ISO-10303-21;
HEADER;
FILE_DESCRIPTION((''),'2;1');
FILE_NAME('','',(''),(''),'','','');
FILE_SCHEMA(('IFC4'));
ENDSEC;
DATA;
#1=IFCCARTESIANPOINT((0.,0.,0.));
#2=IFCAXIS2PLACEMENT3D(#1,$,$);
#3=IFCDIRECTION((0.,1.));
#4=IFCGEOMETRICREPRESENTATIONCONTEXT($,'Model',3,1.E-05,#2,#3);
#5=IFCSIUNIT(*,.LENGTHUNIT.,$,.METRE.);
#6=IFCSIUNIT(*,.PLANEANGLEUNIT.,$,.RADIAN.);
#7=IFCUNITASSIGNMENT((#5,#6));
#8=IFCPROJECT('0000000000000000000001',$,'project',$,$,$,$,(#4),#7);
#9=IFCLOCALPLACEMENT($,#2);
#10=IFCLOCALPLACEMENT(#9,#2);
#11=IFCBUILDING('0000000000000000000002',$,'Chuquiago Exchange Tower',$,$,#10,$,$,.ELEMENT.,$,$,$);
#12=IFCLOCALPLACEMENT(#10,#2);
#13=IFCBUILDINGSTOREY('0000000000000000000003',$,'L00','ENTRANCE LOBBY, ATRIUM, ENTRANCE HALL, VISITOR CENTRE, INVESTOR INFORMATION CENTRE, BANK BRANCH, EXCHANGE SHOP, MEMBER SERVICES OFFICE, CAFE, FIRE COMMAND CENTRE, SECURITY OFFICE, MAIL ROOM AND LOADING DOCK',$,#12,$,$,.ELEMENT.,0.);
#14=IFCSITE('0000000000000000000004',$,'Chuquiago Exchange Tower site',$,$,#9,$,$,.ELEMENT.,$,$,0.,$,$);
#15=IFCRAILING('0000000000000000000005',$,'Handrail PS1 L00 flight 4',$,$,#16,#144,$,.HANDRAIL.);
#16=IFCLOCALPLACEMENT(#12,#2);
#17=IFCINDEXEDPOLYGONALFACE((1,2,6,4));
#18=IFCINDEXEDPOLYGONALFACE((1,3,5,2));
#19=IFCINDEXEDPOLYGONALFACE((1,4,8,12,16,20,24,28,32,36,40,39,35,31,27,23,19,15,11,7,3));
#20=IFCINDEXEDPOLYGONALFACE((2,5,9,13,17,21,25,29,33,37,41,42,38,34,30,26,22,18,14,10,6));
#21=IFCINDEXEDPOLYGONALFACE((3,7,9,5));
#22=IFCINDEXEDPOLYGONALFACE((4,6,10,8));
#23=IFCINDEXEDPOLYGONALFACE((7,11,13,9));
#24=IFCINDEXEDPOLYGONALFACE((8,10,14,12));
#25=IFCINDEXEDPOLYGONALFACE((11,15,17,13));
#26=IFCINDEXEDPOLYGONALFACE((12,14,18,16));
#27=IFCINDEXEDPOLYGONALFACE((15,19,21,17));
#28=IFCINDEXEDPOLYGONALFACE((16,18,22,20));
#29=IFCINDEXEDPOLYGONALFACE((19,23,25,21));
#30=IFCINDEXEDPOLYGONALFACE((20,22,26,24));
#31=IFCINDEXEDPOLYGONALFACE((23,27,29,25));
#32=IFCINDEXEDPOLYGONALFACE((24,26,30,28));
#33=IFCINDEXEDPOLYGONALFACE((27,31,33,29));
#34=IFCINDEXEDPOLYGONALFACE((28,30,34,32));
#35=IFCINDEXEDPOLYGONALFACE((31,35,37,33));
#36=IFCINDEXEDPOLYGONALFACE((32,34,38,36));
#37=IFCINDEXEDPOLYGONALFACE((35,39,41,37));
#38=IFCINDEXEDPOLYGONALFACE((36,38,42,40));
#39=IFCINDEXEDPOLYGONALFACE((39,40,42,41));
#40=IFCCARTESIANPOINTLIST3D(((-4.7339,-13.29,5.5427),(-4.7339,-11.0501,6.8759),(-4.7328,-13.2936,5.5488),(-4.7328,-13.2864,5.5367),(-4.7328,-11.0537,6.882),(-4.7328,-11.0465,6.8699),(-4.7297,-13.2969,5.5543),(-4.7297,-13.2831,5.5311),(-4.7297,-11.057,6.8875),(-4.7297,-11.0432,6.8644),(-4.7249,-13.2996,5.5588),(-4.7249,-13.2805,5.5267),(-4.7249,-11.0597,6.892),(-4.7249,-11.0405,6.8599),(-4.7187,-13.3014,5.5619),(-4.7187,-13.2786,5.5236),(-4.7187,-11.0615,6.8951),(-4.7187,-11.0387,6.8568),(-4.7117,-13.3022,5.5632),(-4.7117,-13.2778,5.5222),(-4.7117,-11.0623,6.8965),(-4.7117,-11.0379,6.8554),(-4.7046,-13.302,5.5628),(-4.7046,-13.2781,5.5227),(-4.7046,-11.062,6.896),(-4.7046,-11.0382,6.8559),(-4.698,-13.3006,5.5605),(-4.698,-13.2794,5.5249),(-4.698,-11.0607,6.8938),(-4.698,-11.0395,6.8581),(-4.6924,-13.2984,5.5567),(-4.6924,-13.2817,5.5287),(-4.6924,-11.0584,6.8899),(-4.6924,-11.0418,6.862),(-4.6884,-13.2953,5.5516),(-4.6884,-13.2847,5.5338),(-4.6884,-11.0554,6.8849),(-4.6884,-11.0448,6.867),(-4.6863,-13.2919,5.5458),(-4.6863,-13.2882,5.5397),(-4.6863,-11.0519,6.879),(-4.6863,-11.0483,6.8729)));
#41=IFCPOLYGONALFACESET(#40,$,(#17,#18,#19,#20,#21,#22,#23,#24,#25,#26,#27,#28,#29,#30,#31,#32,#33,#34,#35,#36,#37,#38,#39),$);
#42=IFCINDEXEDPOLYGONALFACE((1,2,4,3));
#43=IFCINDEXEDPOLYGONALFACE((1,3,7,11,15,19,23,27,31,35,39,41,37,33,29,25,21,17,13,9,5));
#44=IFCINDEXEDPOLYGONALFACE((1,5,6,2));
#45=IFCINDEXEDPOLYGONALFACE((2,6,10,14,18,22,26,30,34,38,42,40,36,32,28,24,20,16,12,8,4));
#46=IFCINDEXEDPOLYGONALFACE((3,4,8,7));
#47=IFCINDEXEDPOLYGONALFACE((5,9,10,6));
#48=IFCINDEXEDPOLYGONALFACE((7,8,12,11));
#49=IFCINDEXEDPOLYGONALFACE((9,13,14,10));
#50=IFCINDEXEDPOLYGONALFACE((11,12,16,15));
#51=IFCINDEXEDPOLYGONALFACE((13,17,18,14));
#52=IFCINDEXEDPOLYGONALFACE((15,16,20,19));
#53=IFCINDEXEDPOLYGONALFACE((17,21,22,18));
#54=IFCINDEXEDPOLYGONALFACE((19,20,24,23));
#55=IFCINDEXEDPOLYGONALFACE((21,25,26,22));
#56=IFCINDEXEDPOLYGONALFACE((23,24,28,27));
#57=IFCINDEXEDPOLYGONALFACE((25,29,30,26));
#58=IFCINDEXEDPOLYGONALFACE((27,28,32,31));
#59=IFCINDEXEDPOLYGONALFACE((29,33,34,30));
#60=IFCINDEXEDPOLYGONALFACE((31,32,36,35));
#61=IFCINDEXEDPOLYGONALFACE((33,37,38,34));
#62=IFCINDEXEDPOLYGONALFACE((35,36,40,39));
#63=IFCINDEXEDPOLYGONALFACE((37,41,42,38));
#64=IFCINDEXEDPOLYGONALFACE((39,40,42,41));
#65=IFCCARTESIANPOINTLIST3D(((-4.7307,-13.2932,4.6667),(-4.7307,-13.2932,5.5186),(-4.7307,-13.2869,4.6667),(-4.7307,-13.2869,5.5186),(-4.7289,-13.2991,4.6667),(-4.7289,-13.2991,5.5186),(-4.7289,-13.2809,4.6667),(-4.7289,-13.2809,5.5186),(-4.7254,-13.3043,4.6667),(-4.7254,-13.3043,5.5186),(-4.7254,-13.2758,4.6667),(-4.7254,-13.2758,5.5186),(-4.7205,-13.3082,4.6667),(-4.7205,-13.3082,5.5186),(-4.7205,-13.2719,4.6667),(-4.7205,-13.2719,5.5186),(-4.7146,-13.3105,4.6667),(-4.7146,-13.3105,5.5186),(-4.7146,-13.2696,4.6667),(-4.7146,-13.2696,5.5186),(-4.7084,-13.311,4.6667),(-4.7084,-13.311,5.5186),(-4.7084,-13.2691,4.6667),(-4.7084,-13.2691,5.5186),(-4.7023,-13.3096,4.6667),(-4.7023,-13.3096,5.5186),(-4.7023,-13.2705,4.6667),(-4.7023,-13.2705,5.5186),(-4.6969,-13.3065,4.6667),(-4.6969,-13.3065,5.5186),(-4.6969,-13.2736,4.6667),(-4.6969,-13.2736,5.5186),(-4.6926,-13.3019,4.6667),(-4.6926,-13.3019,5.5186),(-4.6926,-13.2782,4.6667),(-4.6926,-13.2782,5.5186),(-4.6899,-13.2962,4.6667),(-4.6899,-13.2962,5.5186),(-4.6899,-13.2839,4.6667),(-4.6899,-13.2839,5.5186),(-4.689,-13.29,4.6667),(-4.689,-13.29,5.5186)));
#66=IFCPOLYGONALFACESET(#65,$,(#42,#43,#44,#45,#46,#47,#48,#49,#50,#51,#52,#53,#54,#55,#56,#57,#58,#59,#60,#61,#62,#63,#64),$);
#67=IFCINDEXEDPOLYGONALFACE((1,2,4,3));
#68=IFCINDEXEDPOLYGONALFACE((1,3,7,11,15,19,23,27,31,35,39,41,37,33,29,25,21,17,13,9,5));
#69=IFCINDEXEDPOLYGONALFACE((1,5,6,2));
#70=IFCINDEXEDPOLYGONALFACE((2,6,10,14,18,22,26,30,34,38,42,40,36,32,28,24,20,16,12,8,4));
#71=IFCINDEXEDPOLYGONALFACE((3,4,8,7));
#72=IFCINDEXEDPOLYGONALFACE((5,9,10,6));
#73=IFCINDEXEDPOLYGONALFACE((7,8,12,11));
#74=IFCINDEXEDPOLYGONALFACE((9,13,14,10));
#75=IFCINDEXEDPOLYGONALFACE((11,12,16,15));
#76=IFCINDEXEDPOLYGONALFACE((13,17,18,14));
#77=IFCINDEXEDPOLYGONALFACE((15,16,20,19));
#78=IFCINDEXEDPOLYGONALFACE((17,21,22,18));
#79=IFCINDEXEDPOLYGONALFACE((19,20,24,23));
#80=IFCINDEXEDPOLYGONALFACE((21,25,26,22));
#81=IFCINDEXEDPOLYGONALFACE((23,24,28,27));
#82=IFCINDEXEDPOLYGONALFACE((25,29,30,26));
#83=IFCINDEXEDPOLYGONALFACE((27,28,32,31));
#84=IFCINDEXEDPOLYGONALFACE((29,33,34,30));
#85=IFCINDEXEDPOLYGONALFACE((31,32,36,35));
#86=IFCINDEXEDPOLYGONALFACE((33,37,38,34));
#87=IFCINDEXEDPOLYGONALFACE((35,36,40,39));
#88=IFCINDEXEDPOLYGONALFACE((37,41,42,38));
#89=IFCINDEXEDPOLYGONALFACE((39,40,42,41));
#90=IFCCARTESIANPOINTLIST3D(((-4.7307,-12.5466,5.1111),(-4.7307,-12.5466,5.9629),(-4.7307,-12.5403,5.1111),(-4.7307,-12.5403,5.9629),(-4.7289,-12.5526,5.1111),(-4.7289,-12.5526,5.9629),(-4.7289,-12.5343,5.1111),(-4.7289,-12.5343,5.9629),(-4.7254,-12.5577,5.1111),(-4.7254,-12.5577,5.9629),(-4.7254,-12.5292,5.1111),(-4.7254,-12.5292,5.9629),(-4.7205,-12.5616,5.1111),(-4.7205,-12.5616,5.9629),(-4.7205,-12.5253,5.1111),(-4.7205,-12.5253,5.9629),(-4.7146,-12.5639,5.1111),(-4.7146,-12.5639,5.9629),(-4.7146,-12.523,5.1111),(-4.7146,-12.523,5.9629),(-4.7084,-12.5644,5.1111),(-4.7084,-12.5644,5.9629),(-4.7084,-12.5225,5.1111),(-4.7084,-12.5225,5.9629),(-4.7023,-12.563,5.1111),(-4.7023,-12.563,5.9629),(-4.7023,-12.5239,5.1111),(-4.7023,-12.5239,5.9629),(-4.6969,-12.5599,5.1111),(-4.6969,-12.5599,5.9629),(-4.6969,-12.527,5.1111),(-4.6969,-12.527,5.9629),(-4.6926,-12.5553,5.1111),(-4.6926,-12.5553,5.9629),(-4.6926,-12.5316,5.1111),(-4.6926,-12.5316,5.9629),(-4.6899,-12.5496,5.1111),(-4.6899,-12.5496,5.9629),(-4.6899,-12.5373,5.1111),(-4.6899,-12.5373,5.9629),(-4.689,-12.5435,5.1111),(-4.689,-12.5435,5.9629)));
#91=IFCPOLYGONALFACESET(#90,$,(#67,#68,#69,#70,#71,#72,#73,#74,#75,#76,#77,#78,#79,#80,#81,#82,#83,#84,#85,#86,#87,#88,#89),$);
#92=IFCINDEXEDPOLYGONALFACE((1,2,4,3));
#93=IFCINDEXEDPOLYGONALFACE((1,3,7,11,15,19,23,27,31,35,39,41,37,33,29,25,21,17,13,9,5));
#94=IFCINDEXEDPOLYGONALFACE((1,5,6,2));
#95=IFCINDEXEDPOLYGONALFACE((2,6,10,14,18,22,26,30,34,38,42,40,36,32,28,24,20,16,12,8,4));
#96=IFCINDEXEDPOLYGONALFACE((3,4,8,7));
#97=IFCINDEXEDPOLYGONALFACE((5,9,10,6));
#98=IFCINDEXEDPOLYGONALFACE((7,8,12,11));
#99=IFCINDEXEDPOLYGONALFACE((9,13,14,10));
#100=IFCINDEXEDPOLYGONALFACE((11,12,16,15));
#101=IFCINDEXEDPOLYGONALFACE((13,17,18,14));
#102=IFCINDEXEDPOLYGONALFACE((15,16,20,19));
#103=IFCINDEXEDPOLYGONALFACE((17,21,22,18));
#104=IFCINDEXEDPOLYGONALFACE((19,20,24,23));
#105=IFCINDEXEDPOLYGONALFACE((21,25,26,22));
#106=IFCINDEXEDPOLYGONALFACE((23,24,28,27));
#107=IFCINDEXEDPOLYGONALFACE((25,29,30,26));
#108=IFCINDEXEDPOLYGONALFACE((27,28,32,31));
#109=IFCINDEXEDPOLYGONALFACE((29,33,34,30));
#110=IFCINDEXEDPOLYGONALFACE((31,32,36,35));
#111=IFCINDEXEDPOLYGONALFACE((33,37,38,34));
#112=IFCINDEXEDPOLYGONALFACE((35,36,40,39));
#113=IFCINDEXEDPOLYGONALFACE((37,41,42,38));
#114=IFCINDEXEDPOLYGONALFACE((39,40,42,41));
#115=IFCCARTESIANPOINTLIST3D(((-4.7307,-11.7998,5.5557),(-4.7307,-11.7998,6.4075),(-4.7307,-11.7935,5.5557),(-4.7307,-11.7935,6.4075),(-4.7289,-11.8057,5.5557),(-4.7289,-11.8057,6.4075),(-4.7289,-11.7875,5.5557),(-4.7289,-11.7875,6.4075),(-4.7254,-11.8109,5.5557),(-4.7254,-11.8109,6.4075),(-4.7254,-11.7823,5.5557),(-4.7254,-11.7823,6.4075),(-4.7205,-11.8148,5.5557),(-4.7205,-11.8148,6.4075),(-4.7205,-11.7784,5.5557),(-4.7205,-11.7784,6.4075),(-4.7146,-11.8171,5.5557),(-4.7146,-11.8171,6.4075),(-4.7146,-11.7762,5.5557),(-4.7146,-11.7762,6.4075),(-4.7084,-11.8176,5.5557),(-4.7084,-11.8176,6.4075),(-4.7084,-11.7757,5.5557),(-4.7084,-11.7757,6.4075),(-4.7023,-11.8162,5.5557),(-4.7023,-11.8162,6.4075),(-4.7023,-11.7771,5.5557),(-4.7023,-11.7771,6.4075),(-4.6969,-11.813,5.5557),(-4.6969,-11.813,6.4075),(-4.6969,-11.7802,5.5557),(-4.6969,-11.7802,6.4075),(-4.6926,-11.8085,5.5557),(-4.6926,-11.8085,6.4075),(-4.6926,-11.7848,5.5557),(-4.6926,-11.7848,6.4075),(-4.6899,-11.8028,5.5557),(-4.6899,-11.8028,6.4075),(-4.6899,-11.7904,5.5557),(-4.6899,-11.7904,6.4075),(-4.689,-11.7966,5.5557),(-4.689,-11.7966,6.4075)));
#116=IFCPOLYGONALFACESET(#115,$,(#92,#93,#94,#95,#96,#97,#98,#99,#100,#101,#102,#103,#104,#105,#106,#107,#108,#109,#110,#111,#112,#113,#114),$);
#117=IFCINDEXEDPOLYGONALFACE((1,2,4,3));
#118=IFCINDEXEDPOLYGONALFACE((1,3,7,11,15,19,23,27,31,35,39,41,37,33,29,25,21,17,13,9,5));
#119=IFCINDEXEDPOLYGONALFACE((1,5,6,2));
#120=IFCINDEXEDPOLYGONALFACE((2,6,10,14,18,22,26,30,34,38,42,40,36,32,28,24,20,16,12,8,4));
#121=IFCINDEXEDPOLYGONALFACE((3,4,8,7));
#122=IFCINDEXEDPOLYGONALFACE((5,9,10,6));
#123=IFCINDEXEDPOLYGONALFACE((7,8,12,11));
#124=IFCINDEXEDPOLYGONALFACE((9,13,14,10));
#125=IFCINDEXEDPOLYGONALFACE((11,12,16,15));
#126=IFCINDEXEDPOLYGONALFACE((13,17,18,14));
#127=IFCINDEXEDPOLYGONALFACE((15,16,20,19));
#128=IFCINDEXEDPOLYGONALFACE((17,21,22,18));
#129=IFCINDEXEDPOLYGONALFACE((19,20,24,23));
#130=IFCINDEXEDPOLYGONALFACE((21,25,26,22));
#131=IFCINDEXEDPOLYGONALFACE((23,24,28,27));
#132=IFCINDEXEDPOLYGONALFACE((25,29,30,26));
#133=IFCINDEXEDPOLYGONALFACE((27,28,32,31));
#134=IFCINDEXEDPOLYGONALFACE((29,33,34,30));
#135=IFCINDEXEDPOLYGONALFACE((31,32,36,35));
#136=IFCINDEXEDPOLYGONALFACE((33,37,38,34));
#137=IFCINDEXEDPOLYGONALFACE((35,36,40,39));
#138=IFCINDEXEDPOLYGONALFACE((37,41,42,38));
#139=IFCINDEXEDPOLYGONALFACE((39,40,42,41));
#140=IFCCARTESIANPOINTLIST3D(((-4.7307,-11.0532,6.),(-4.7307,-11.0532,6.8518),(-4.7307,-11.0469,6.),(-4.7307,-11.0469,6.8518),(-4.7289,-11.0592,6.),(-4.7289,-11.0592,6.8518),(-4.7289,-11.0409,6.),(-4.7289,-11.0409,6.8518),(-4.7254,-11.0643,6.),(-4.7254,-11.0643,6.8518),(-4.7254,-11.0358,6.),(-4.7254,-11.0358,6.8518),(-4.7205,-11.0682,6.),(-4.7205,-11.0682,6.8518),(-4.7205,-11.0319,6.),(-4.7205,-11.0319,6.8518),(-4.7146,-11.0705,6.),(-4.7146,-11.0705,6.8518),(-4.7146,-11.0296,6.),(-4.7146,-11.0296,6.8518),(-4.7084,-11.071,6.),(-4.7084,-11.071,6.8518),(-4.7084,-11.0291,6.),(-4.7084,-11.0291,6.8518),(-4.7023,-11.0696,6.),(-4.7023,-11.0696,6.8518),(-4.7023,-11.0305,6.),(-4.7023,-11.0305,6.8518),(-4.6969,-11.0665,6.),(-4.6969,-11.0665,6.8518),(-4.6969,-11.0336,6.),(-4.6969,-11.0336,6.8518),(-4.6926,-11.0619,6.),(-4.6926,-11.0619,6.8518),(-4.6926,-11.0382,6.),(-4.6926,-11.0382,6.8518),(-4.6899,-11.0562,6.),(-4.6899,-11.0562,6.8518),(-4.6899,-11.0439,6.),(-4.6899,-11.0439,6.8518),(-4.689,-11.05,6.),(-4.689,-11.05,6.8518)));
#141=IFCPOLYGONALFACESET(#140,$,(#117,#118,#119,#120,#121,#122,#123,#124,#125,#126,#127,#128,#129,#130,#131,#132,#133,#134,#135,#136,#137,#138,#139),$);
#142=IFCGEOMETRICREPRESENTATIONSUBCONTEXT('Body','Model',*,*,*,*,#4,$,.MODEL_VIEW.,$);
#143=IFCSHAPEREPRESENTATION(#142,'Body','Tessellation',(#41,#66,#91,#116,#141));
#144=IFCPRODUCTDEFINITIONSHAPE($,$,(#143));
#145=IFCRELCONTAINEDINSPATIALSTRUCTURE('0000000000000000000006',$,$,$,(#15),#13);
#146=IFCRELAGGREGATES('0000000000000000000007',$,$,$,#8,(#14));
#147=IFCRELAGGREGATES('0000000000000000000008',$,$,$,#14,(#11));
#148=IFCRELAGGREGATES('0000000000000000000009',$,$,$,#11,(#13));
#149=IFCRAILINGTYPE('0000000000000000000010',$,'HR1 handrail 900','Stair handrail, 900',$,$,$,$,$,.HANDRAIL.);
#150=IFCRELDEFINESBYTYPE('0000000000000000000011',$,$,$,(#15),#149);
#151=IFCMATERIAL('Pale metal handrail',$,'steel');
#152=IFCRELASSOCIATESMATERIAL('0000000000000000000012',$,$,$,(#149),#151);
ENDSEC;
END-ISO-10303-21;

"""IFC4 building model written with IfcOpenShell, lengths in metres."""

from ifc_helpers import new_model, si_unit, direction, frame, origin, origin_2d, place, context, subcontext, project, spatial, circle, extrude, material, type_object, element, save


model = new_model("IFC4")

# Units and contexts
model_context = context("Model", 3, precision=1e-05, world=origin(), true_north=direction((0.0, 1.0)))
body_context = subcontext(model_context, "Body", "Model", "MODEL_VIEW")
ifc_project = project(units=[si_unit("LENGTHUNIT", "METRE"), si_unit("PLANEANGLEUNIT", "RADIAN")], contexts=[model_context])

# Site, building, storey
site_placement = place(None, origin())
site = spatial("IfcSite", under=ifc_project, at=site_placement, Name="Chuquiago Exchange Tower site", CompositionType="ELEMENT", RefElevation=0.0)
building_placement = place(site_placement, origin())
building = spatial("IfcBuilding", under=site, at=building_placement, Name="Chuquiago Exchange Tower", CompositionType="ELEMENT")
storey_placement = place(building_placement, origin())
storey = spatial("IfcBuildingStorey", under=building, at=storey_placement, Name="L00", Description="ENTRANCE LOBBY, ATRIUM, ENTRANCE HALL, VISITOR CENTRE, INVESTOR INFORMATION CENTRE, BANK BRANCH, EXCHANGE SHOP, MEMBER SERVICES OFFICE, CAFE, FIRE COMMAND CENTRE, SECURITY OFFICE, MAIL ROOM AND LOADING DOCK", CompositionType="ELEMENT", Elevation=0.0)

# Railing
ifc_material_1 = material(Name="Pale metal handrail", Category="steel")
railing_type = type_object("IfcRailingType", Name="HR1 handrail 900", Description="Stair handrail, 900", PredefinedType="HANDRAIL", material=ifc_material_1)
for number, where, name in (
    (1, (-4.71, -13.29, 4.6667), "Handrail PS1 L00 flight 4"),
):
    element("IfcRailing", number, at=place(storey_placement, frame(where)), inside=storey, type_object=railing_type, Name=name, PredefinedType="HANDRAIL", context=body_context, shape_type="SweptSolid", body=[
        extrude(circle(Radius=0.0239, at=origin_2d()), frame((0.0, 0.0, 0.876), z_axis=(0.0, 0.859306, 0.511462), x_axis=(-1.0, 0.0, 0.0)), (0.0, 0.0, 1.0), 2.6067),
        extrude(circle(Radius=0.021, at=origin_2d()), origin(), (0.0, 0.0, 1.0), 0.8518),
        extrude(circle(Radius=0.021, at=origin_2d()), frame((0.0, 0.7466, 0.4443)), (0.0, 0.0, 1.0), 0.8518),
        extrude(circle(Radius=0.021, at=origin_2d()), frame((0.0, 1.4934, 0.8889)), (0.0, 0.0, 1.0), 0.8518),
        extrude(circle(Radius=0.021, at=origin_2d()), frame((0.0, 2.24, 1.3333)), (0.0, 0.0, 1.0), 0.8518),
    ])

save(model, "model.ifc")
